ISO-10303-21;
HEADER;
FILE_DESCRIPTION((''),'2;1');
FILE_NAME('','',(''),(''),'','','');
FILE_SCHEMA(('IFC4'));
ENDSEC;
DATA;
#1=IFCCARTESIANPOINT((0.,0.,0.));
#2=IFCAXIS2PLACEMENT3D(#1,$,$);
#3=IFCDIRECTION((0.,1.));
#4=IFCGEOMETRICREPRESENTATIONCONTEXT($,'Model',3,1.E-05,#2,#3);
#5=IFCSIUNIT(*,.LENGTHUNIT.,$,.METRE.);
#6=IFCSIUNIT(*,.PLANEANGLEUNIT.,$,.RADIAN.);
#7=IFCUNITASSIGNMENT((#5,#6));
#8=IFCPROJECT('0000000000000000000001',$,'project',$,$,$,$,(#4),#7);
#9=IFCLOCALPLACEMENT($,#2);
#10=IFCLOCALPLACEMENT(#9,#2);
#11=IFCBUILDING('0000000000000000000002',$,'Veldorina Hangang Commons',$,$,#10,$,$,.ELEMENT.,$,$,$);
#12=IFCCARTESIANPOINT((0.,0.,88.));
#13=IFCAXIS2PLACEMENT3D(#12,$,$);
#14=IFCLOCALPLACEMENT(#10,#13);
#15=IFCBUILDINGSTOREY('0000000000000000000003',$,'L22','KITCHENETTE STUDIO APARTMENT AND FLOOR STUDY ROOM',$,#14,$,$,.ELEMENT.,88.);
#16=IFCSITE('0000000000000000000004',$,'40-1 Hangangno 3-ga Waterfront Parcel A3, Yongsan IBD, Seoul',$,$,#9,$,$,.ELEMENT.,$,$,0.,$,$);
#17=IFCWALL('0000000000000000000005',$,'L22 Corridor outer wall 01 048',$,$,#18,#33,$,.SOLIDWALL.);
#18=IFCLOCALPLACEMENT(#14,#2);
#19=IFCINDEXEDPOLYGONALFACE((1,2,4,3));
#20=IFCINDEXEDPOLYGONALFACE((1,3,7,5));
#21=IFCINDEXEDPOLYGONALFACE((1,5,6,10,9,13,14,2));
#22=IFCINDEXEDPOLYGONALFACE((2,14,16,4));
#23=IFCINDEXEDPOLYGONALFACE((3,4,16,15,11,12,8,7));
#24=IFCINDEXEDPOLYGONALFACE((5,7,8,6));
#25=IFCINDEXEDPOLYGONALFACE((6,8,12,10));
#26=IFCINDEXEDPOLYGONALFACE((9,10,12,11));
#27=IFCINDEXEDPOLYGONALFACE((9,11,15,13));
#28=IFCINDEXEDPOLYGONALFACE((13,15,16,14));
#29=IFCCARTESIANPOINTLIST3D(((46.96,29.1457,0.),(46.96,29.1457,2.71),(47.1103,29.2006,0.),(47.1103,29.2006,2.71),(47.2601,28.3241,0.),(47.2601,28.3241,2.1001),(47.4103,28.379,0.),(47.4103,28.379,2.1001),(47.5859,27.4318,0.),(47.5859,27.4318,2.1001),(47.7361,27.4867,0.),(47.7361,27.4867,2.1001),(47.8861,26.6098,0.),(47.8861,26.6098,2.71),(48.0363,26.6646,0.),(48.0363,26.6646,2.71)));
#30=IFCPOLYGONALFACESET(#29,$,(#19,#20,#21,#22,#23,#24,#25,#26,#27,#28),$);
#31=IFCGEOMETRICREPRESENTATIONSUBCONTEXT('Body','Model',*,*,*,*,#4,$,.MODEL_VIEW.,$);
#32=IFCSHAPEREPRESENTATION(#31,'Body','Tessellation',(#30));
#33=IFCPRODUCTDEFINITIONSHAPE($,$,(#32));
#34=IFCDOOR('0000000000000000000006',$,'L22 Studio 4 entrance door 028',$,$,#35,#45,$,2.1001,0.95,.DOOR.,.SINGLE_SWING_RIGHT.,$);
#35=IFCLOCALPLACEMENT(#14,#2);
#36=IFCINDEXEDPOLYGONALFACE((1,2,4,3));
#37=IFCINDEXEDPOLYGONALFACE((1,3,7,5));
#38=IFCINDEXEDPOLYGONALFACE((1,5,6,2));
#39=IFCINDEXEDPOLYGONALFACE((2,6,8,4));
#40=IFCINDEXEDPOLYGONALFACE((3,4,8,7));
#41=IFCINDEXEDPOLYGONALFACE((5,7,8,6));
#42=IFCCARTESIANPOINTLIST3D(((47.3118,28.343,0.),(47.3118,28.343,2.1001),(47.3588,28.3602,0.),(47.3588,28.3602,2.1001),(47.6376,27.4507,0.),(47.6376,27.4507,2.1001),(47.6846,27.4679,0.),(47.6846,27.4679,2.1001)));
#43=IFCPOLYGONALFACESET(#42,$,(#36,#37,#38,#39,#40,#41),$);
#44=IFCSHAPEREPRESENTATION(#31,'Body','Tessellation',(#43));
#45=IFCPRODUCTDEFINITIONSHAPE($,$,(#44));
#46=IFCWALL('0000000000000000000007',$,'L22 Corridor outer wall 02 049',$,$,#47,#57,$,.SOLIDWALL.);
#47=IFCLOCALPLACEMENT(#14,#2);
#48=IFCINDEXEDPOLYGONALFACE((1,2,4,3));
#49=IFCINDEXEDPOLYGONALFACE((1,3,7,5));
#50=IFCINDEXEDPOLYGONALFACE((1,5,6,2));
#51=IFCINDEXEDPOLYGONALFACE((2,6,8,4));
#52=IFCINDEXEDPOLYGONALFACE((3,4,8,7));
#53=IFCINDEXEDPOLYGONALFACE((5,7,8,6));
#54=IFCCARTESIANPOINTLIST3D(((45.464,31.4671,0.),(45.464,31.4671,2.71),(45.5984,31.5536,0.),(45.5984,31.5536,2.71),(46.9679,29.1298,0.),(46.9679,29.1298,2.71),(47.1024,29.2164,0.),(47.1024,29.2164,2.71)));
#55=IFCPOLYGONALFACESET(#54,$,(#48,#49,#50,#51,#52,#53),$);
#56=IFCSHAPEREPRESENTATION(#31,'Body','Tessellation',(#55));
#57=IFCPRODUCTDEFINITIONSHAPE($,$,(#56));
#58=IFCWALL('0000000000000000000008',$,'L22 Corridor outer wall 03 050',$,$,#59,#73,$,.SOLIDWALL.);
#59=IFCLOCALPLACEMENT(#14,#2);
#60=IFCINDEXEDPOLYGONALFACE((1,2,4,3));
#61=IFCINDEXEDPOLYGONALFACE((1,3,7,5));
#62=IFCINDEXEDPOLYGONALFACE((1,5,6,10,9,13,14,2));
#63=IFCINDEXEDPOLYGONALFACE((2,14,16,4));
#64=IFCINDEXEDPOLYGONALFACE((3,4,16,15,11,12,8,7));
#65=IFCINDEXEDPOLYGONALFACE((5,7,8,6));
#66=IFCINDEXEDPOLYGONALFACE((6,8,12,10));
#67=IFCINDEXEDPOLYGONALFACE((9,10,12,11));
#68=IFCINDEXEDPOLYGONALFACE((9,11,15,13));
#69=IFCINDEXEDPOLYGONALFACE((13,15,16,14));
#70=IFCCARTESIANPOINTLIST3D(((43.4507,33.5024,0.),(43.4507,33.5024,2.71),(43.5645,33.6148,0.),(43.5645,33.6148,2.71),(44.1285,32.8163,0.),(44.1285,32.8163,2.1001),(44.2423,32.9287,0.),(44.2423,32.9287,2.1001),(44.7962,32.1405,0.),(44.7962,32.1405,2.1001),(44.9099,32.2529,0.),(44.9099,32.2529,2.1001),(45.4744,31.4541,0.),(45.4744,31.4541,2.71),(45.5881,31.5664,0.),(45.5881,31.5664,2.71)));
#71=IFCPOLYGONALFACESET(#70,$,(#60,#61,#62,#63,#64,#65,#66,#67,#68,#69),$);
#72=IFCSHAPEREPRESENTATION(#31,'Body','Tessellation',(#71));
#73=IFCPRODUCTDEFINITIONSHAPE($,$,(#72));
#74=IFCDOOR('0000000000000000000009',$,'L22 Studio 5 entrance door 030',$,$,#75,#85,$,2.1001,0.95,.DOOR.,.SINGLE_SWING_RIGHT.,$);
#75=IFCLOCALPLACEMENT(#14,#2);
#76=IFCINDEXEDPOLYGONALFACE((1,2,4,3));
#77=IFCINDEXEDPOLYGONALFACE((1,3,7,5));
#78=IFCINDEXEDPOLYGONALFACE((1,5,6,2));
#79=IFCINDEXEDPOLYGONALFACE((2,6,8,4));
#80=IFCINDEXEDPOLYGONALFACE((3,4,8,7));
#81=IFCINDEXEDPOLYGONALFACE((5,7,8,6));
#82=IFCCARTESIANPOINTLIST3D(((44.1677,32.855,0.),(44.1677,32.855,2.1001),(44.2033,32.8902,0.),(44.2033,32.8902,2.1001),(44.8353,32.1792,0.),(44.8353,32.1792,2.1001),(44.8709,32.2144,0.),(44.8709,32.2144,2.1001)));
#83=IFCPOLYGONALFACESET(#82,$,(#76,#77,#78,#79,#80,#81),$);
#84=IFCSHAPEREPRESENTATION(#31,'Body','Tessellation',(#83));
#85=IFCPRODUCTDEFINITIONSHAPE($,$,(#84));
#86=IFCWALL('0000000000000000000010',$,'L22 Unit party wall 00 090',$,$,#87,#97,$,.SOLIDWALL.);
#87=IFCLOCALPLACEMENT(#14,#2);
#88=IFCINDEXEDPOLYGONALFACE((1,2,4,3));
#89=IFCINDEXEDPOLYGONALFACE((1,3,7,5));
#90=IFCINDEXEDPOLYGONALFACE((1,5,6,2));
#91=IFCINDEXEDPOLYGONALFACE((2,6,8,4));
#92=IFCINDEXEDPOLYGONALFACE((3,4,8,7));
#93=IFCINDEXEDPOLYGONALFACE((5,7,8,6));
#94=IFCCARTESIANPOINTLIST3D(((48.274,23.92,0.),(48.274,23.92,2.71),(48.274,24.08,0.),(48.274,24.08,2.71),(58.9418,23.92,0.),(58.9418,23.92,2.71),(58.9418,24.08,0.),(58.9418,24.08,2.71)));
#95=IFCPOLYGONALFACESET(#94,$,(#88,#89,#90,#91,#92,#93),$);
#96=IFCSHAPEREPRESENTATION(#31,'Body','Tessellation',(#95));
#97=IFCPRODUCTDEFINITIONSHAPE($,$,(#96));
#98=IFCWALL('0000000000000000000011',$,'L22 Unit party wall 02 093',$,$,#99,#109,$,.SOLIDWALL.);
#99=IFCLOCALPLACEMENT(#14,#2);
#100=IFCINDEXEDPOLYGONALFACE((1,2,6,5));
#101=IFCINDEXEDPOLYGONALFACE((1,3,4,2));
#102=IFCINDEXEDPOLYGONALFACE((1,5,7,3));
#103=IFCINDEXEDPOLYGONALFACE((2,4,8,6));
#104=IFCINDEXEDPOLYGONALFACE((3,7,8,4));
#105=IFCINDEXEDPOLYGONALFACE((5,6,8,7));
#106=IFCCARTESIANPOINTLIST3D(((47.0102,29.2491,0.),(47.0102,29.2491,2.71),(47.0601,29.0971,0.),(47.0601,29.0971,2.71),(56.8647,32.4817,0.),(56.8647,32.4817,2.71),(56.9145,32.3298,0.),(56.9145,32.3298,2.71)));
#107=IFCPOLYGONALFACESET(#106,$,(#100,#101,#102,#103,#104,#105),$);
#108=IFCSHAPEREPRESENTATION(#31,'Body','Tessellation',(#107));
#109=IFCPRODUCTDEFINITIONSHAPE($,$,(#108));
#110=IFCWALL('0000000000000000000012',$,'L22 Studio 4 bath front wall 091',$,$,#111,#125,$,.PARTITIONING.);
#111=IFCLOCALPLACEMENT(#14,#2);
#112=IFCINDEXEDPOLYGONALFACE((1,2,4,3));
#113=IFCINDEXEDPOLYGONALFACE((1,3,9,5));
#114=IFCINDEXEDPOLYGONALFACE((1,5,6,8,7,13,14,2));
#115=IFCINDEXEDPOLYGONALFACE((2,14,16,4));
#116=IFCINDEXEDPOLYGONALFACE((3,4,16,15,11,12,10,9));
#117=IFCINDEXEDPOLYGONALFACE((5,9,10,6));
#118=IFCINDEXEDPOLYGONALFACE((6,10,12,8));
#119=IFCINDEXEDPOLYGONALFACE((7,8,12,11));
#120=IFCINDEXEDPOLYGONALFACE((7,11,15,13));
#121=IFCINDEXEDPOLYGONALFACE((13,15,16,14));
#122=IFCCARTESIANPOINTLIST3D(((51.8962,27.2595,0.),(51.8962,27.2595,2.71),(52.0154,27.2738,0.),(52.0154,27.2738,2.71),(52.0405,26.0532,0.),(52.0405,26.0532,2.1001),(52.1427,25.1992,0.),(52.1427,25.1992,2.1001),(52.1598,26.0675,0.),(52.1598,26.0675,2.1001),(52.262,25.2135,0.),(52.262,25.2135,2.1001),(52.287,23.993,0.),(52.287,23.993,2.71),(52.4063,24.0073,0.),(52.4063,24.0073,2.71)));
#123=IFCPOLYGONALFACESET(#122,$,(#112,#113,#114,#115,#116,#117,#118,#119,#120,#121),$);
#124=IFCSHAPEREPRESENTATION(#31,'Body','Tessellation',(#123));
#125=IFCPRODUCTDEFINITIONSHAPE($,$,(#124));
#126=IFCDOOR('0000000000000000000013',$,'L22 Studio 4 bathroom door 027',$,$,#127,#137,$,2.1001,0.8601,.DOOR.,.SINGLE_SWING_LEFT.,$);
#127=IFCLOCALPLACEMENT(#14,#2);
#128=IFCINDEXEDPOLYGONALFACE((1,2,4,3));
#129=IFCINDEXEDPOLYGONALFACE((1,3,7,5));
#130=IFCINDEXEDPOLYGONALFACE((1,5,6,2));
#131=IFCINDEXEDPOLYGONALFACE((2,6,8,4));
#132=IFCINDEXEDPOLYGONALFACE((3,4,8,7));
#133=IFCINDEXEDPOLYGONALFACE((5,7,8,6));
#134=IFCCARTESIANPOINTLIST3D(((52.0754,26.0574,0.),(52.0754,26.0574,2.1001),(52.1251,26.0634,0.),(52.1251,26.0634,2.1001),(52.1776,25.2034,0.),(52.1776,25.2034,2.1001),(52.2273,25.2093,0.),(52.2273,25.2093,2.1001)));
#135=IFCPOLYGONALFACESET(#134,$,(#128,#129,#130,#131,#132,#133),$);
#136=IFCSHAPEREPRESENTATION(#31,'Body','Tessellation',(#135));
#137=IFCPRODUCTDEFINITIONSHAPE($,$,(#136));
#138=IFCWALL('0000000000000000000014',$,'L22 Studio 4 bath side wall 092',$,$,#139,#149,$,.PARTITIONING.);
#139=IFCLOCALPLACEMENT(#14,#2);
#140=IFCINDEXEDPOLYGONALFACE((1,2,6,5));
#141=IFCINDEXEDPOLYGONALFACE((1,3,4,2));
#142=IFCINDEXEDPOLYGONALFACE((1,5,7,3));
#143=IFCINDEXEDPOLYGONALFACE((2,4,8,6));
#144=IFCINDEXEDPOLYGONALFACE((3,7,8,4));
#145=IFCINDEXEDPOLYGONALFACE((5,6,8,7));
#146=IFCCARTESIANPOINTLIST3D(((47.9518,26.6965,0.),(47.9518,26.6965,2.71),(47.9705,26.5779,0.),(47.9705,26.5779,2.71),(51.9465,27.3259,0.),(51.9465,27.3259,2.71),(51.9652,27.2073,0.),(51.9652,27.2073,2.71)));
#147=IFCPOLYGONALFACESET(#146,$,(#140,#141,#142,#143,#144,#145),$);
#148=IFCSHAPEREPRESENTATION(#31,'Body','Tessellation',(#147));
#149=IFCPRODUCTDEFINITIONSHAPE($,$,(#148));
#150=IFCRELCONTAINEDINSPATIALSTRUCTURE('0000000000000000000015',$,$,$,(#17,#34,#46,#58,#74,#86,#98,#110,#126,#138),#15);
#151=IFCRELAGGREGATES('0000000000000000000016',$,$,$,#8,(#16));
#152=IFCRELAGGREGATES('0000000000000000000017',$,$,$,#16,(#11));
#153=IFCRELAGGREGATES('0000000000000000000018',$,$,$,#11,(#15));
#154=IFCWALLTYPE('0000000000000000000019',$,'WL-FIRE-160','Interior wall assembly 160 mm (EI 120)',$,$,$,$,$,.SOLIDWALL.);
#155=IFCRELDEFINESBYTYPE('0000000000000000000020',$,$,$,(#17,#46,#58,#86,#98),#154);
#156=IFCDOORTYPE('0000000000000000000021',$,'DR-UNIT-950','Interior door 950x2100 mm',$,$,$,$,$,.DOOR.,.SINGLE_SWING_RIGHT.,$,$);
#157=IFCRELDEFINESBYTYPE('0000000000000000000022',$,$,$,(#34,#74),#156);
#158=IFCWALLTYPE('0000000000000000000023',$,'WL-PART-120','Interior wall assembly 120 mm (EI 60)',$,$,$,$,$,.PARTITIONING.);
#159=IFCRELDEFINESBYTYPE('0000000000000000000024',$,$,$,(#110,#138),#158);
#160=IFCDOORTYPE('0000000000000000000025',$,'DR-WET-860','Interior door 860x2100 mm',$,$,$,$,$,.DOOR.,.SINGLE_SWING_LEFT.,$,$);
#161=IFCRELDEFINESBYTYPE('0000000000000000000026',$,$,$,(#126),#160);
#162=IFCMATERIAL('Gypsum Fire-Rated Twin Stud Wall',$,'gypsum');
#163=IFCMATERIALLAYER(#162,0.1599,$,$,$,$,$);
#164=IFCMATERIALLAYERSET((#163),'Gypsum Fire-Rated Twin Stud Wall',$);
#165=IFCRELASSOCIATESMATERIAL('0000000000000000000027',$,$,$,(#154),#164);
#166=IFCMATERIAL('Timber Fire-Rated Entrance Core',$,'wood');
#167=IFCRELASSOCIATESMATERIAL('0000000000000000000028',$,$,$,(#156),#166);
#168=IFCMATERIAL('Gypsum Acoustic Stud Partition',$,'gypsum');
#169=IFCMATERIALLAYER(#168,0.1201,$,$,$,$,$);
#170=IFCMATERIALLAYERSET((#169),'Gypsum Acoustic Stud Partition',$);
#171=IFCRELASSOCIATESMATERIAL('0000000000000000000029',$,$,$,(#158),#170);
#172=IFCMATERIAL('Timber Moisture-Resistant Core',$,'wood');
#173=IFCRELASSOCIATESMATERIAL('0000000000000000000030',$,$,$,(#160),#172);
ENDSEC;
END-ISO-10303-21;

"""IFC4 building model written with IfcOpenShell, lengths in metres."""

from ifc_helpers import new_model, si_unit, direction, frame, frame_2d, origin, place, context, subcontext, project, spatial, rectangle, extrude, material, layer, layer_set, type_object, element, fill, save


model = new_model("IFC4")

# Units and contexts
model_context = context("Model", 3, precision=1e-05, world=origin(), true_north=direction((0.0, 1.0)))
body_context = subcontext(model_context, "Body", "Model", "MODEL_VIEW")
ifc_project = project(units=[si_unit("LENGTHUNIT", "METRE"), si_unit("PLANEANGLEUNIT", "RADIAN")], contexts=[model_context])

# Site, building, storey
site_placement = place(None, origin())
site = spatial("IfcSite", under=ifc_project, at=site_placement, Name="40-1 Hangangno 3-ga Waterfront Parcel A3, Yongsan IBD, Seoul", CompositionType="ELEMENT", RefElevation=0.0)
building_placement = place(site_placement, origin())
building = spatial("IfcBuilding", under=site, at=building_placement, Name="Veldorina Hangang Commons", CompositionType="ELEMENT")
storey_placement = place(building_placement, frame((0.0, 0.0, 88.0)))
storey = spatial("IfcBuildingStorey", under=building, at=storey_placement, Name="L22", Description="KITCHENETTE STUDIO APARTMENT AND FLOOR STUDY ROOM", CompositionType="ELEMENT", Elevation=88.0)

# Shared definitions
ifc_material_1 = material(Name="Gypsum Fire-Rated Twin Stud Wall", Category="gypsum")
ifc_layer_1 = layer(ifc_material_1, 0.1599)
ifc_layer_set_1 = layer_set([ifc_layer_1], Name="Gypsum Fire-Rated Twin Stud Wall")
wall_type_1 = type_object("IfcWallType", Name="WL-FIRE-160", Description="Interior wall assembly 160 mm (EI 120)", PredefinedType="SOLIDWALL", material=ifc_layer_set_1)

# Wall, opening, door
wall_1_placement = place(storey_placement, frame((47.9612, 26.6372, 0.0), z_axis=(0.0, 0.0, 1.0), x_axis=(-0.343013, 0.93933, 0.0)))
wall_1 = element("IfcWall", 1, at=wall_1_placement, inside=storey, type_object=wall_type_1, Name="L22 Corridor outer wall 01 048", PredefinedType="SOLIDWALL", context=body_context, shape_type="SweptSolid", body=[
    extrude(rectangle(XDim=2.6997, YDim=0.1599, at=frame_2d((1.3499, 0.0))), origin(), (0.0, 0.0, 1.0), 2.71),
])
opening_1_placement = place(wall_1_placement, frame((0.875, 0.0, 0.0)))
opening_1 = element("IfcOpeningElement", 2, at=opening_1_placement, cuts=wall_1, PredefinedType="OPENING", context=body_context, shape_type="SweptSolid", body=[
    extrude(rectangle(XDim=0.95, YDim=2.1001, at=frame_2d((0.4751, 1.05))), frame((0.0, 0.0898, 0.0), z_axis=(0.0, -1.0, 0.0), x_axis=(1.0, 0.0, 0.0)), (0.0, 0.0, 1.0), 0.1799),
])
ifc_material_2 = material(Name="Timber Fire-Rated Entrance Core", Category="wood")
door_type_1 = type_object("IfcDoorType", Name="DR-UNIT-950", Description="Interior door 950x2100 mm", OperationType="SINGLE_SWING_RIGHT", PredefinedType="DOOR", material=ifc_material_2)
door_1_placement = place(opening_1_placement, origin())
door_1 = element("IfcDoor", 3, at=door_1_placement, inside=storey, type_object=door_type_1, Name="L22 Studio 4 entrance door 028", OperationType="SINGLE_SWING_RIGHT", OverallHeight=2.1001, OverallWidth=0.95, PredefinedType="DOOR", context=body_context, shape_type="SweptSolid", body=[
    extrude(rectangle(XDim=0.95, YDim=2.1001, at=frame_2d((0.4751, 1.05))), frame((0.0, 0.0249, 0.0), z_axis=(0.0, -1.0, 0.0), x_axis=(1.0, 0.0, 0.0)), (0.0, 0.0, 1.0), 0.05),
])
fill(opening_1, door_1)

# Wall
wall_2_placement = place(storey_placement, frame((47.0352, 29.1731, 0.0), z_axis=(0.0, 0.0, 1.0), x_axis=(-0.541126, 0.840941, 0.0)))
element("IfcWall", 4, at=wall_2_placement, inside=storey, type_object=wall_type_1, Name="L22 Corridor outer wall 02 049", PredefinedType="SOLIDWALL", context=body_context, shape_type="SweptSolid", body=[
    extrude(rectangle(XDim=2.7793, YDim=0.1599, at=frame_2d((1.3896, 0.0))), origin(), (0.0, 0.0, 1.0), 2.71),
])

# Wall, opening, door
wall_3_placement = place(storey_placement, frame((45.5312, 31.5103, 0.0), z_axis=(0.0, 0.0, 1.0), x_axis=(-0.702812, 0.711376, 0.0)))
wall_3 = element("IfcWall", 5, at=wall_3_placement, inside=storey, type_object=wall_type_1, Name="L22 Corridor outer wall 03 050", PredefinedType="SOLIDWALL", context=body_context, shape_type="SweptSolid", body=[
    extrude(rectangle(XDim=2.8794, YDim=0.1599, at=frame_2d((1.4397, 0.0))), origin(), (0.0, 0.0, 1.0), 2.71),
])
opening_2_placement = place(wall_3_placement, frame((0.9648, 0.0, 0.0)))
opening_2 = element("IfcOpeningElement", 6, at=opening_2_placement, cuts=wall_3, PredefinedType="OPENING", context=body_context, shape_type="SweptSolid", body=[
    extrude(rectangle(XDim=0.95, YDim=2.1001, at=frame_2d((0.4751, 1.05))), frame((0.0, 0.0898, 0.0), z_axis=(0.0, -1.0, 0.0), x_axis=(1.0, 0.0, 0.0)), (0.0, 0.0, 1.0), 0.1799),
])
door_2_placement = place(opening_2_placement, origin())
door_2 = element("IfcDoor", 7, at=door_2_placement, inside=storey, type_object=door_type_1, Name="L22 Studio 5 entrance door 030", OperationType="SINGLE_SWING_RIGHT", OverallHeight=2.1001, OverallWidth=0.95, PredefinedType="DOOR", context=body_context, shape_type="SweptSolid", body=[
    extrude(rectangle(XDim=0.95, YDim=2.1001, at=frame_2d((0.4751, 1.05))), frame((0.0, 0.0249, 0.0), z_axis=(0.0, -1.0, 0.0), x_axis=(1.0, 0.0, 0.0)), (0.0, 0.0, 1.0), 0.05),
])
fill(opening_2, door_2)

# Walls
wall_4_placement = place(storey_placement, frame((48.2739, 24.0, 0.0), z_axis=(0.0, 0.0, 1.0), x_axis=(1.0, 0.0, 0.0)))
element("IfcWall", 8, at=wall_4_placement, inside=storey, type_object=wall_type_1, Name="L22 Unit party wall 00 090", PredefinedType="SOLIDWALL", context=body_context, shape_type="SweptSolid", body=[
    extrude(rectangle(XDim=10.6677, YDim=0.1599, at=frame_2d((5.334, 0.0))), origin(), (0.0, 0.0, 1.0), 2.71),
])
wall_5_placement = place(storey_placement, frame((47.0352, 29.1731, 0.0), z_axis=(0.0, 0.0, 1.0), x_axis=(0.950181, 0.311697, 0.0)))
element("IfcWall", 9, at=wall_5_placement, inside=storey, type_object=wall_type_1, Name="L22 Unit party wall 02 093", PredefinedType="SOLIDWALL", context=body_context, shape_type="SweptSolid", body=[
    extrude(rectangle(XDim=10.3711, YDim=0.1599, at=frame_2d((5.1855, 0.0))), origin(), (0.0, 0.0, 1.0), 2.71),
])

# Wall, opening, door
ifc_material_3 = material(Name="Gypsum Acoustic Stud Partition", Category="gypsum")
ifc_layer_2 = layer(ifc_material_3, 0.1201)
ifc_layer_set_2 = layer_set([ifc_layer_2], Name="Gypsum Acoustic Stud Partition")
wall_type_2 = type_object("IfcWallType", Name="WL-PART-120", Description="Interior wall assembly 120 mm (EI 60)", PredefinedType="PARTITIONING", material=ifc_layer_set_2)
wall_6_placement = place(storey_placement, frame((52.3467, 24.0, 0.0), z_axis=(0.0, 0.0, 1.0), x_axis=(-0.118809, 0.992917, 0.0)))
wall_6 = element("IfcWall", 10, at=wall_6_placement, inside=storey, type_object=wall_type_2, Name="L22 Studio 4 bath front wall 091", PredefinedType="PARTITIONING", context=body_context, shape_type="SweptSolid", body=[
    extrude(rectangle(XDim=3.2898, YDim=0.1201, at=frame_2d((1.645, 0.0))), origin(), (0.0, 0.0, 1.0), 2.71),
])
opening_3_placement = place(wall_6_placement, frame((1.2148, 0.0, 0.0)))
opening_3 = element("IfcOpeningElement", 11, at=opening_3_placement, cuts=wall_6, PredefinedType="OPENING", context=body_context, shape_type="SweptSolid", body=[
    extrude(rectangle(XDim=0.8601, YDim=2.1001, at=frame_2d((0.4302, 1.05))), frame((0.0, 0.0701, 0.0), z_axis=(0.0, -1.0, 0.0), x_axis=(1.0, 0.0, 0.0)), (0.0, 0.0, 1.0), 0.1401),
])
ifc_material_4 = material(Name="Timber Moisture-Resistant Core", Category="wood")
door_type_2 = type_object("IfcDoorType", Name="DR-WET-860", Description="Interior door 860x2100 mm", OperationType="SINGLE_SWING_LEFT", PredefinedType="DOOR", material=ifc_material_4)
door_3_placement = place(opening_3_placement, origin())
door_3 = element("IfcDoor", 12, at=door_3_placement, inside=storey, type_object=door_type_2, Name="L22 Studio 4 bathroom door 027", OperationType="SINGLE_SWING_LEFT", OverallHeight=2.1001, OverallWidth=0.8601, PredefinedType="DOOR", context=body_context, shape_type="SweptSolid", body=[
    extrude(rectangle(XDim=0.8601, YDim=2.1001, at=frame_2d((0.4302, 1.05))), frame((0.0, 0.0249, 0.0), z_axis=(0.0, -1.0, 0.0), x_axis=(1.0, 0.0, 0.0)), (0.0, 0.0, 1.0), 0.05),
])
fill(opening_3, door_3)

# Wall
wall_7_placement = place(storey_placement, frame((47.9612, 26.6372, 0.0), z_axis=(0.0, 0.0, 1.0), x_axis=(0.987814, 0.15564, 0.0)))
element("IfcWall", 13, at=wall_7_placement, inside=storey, type_object=wall_type_2, Name="L22 Studio 4 bath side wall 092", PredefinedType="PARTITIONING", context=body_context, shape_type="SweptSolid", body=[
    extrude(rectangle(XDim=4.0439, YDim=0.1201, at=frame_2d((2.022, 0.0))), origin(), (0.0, 0.0, 1.0), 2.71),
])

save(model, "model.ifc")
